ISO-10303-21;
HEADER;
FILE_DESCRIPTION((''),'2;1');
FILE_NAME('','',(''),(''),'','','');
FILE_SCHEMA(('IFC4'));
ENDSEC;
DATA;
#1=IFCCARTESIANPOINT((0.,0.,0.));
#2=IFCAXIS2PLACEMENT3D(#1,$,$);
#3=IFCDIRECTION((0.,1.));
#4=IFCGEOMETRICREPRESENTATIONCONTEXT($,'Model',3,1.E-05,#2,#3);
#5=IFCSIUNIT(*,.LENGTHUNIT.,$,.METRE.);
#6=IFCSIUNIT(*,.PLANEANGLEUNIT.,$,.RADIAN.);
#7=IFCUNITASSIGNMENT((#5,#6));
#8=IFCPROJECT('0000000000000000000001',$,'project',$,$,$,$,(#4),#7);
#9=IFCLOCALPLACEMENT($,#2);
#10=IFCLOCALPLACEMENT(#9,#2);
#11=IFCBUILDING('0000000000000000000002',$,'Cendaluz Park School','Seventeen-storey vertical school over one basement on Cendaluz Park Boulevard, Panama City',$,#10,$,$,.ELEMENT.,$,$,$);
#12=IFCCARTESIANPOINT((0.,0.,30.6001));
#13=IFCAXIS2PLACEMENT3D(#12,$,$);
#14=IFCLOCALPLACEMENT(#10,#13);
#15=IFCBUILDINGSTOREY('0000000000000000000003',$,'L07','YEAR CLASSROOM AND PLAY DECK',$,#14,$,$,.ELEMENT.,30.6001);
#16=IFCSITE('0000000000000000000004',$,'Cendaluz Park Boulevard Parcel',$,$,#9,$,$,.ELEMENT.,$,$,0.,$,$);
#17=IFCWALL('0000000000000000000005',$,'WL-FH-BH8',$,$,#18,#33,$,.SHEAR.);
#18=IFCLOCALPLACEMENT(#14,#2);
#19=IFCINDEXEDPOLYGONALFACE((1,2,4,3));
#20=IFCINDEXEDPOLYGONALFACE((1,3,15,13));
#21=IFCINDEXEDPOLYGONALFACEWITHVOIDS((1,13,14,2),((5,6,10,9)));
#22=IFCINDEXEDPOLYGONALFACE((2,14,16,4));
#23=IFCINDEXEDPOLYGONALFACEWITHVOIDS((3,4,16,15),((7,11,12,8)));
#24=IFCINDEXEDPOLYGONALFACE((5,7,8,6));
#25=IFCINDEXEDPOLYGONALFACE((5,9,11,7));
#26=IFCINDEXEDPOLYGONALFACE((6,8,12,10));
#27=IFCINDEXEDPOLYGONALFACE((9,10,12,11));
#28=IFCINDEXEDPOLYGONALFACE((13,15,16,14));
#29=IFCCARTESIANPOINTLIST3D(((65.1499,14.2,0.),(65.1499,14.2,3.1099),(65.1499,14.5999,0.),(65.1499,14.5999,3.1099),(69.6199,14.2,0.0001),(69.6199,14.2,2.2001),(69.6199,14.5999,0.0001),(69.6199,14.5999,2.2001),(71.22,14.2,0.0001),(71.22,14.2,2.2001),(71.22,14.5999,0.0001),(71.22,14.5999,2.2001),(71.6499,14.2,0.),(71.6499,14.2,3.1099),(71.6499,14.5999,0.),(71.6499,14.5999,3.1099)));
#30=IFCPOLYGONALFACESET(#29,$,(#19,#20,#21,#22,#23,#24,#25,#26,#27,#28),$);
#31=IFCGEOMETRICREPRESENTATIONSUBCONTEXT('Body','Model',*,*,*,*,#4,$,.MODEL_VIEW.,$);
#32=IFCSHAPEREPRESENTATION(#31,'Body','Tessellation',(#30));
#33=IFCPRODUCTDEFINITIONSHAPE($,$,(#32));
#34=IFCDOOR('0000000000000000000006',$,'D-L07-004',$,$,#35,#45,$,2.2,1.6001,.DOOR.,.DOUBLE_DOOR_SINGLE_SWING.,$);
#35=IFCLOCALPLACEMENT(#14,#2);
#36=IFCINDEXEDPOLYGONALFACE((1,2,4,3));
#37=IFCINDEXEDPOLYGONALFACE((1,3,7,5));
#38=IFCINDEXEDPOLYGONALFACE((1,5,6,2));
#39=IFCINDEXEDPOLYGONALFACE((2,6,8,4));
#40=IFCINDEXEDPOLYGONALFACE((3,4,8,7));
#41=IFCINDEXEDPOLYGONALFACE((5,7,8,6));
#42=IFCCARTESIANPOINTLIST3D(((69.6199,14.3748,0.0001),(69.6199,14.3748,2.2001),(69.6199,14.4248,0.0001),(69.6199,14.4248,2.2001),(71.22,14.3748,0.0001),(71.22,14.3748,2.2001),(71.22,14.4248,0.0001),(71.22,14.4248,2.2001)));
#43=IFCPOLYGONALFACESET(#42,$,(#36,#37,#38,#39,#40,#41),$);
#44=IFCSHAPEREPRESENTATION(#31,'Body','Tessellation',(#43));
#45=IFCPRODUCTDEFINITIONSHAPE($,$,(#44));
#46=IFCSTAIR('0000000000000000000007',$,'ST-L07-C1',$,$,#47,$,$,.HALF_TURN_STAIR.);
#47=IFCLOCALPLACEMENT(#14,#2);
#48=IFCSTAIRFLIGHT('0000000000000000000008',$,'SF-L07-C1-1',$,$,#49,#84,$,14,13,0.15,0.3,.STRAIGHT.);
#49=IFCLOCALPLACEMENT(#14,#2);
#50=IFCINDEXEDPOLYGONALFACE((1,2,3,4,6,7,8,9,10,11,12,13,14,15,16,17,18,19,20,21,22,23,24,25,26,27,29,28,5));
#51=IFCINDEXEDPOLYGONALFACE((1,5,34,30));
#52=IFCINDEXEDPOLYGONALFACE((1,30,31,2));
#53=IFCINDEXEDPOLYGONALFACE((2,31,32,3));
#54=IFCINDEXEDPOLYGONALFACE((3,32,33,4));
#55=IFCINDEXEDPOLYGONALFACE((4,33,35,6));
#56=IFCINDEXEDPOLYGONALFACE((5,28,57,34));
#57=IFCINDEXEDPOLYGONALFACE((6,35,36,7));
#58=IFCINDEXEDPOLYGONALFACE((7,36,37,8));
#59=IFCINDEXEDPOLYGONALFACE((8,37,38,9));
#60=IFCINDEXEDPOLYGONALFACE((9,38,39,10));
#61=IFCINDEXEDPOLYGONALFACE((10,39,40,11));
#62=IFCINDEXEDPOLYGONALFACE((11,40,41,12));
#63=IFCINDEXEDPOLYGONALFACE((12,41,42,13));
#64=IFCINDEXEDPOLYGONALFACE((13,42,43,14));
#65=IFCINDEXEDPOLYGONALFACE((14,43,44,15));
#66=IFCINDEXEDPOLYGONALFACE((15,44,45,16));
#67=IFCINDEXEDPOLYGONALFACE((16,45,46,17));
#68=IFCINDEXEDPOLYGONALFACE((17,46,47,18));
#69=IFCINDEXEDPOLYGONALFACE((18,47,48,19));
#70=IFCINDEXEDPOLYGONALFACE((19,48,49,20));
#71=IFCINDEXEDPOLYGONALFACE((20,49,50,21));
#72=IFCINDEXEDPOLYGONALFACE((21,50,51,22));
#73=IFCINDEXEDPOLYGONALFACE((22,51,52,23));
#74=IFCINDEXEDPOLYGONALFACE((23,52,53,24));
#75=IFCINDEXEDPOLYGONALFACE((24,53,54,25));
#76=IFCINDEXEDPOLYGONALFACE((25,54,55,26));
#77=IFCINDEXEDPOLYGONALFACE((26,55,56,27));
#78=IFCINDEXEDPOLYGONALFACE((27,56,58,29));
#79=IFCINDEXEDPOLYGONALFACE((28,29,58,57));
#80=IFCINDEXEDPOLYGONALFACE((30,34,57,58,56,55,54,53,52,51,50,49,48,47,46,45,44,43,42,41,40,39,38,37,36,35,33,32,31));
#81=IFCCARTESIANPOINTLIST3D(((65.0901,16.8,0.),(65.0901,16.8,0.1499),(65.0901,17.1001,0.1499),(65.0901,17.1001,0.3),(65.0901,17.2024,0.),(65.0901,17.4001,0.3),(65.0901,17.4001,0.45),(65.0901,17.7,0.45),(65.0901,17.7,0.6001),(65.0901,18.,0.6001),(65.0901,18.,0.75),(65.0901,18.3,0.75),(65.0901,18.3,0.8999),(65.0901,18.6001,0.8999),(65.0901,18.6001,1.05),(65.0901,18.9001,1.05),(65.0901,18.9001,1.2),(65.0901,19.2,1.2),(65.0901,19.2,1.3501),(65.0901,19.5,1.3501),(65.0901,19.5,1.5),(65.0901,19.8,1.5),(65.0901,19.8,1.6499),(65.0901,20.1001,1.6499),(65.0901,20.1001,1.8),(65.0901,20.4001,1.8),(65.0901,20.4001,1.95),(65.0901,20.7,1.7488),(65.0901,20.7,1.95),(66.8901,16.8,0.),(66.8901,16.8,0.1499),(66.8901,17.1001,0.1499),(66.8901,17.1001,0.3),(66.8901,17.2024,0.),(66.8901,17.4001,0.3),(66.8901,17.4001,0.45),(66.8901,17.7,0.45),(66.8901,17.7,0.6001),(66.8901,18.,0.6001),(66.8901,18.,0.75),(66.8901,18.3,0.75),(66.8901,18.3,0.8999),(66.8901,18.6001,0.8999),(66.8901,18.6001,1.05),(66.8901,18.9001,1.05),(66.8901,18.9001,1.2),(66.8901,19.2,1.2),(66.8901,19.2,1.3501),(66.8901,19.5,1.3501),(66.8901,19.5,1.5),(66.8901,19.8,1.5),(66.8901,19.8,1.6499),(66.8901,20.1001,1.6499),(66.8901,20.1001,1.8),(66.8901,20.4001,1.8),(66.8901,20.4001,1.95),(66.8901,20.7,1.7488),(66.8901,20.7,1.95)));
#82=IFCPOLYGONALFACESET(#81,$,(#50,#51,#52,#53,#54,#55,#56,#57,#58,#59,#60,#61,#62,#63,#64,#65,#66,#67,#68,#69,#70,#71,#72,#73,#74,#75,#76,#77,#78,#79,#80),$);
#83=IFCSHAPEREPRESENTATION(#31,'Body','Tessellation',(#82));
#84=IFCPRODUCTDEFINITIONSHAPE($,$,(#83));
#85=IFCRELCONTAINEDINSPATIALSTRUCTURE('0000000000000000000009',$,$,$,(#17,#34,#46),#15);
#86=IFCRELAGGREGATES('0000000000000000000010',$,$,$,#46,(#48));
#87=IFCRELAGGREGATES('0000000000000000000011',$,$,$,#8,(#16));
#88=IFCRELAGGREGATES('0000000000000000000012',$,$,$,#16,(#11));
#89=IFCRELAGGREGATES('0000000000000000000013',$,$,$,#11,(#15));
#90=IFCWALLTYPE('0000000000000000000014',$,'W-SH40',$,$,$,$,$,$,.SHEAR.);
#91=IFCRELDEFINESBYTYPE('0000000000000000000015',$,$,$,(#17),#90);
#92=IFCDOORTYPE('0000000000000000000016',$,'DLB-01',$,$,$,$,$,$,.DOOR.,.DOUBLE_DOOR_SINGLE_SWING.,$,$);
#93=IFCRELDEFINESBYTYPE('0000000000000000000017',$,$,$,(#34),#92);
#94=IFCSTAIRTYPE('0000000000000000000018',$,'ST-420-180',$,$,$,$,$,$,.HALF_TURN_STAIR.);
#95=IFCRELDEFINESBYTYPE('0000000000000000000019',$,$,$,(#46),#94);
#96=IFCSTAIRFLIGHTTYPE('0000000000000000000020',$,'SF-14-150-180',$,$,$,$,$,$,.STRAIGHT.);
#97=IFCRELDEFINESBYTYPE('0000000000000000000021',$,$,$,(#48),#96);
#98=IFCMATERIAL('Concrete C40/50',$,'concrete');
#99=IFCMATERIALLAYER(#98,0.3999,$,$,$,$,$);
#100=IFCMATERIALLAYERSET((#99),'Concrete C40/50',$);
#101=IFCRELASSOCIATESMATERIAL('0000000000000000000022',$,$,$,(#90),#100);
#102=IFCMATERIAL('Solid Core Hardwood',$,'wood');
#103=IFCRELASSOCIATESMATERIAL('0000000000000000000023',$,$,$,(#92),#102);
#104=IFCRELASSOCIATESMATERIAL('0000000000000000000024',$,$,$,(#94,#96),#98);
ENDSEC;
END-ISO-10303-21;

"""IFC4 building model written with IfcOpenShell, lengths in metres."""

from ifc_helpers import new_model, si_unit, direction, frame, frame_2d, origin, place, context, subcontext, project, spatial, polyline, rectangle, outline, extrude, material, layer, layer_set, type_object, element, fill, aggregate, save


model = new_model("IFC4")

# Units and contexts
model_context = context("Model", 3, precision=1e-05, world=origin(), true_north=direction((0.0, 1.0)))
body_context = subcontext(model_context, "Body", "Model", "MODEL_VIEW")
ifc_project = project(units=[si_unit("LENGTHUNIT", "METRE"), si_unit("PLANEANGLEUNIT", "RADIAN")], contexts=[model_context])

# Site, building, storey
site_placement = place(None, origin())
site = spatial("IfcSite", under=ifc_project, at=site_placement, Name="Cendaluz Park Boulevard Parcel", CompositionType="ELEMENT", RefElevation=0.0)
building_placement = place(site_placement, origin())
building = spatial("IfcBuilding", under=site, at=building_placement, Name="Cendaluz Park School", Description="Seventeen-storey vertical school over one basement on Cendaluz Park Boulevard, Panama City", CompositionType="ELEMENT")
storey_placement = place(building_placement, frame((0.0, 0.0, 30.6001)))
storey = spatial("IfcBuildingStorey", under=building, at=storey_placement, Name="L07", Description="YEAR CLASSROOM AND PLAY DECK", CompositionType="ELEMENT", Elevation=30.6001)

# Shared definitions
ifc_material_1 = material(Name="Concrete C40/50", Category="concrete")

# Shared definitions
ifc_material_2 = material(Name="Solid Core Hardwood", Category="wood")

# Wall, opening, door
ifc_layer_1 = layer(ifc_material_1, 0.3999)
ifc_layer_set_1 = layer_set([ifc_layer_1], Name="Concrete C40/50")
wall_type_1 = type_object("IfcWallType", Name="W-SH40", PredefinedType="SHEAR", material=ifc_layer_set_1)
door_type_1 = type_object("IfcDoorType", Name="DLB-01", OperationType="DOUBLE_DOOR_SINGLE_SWING", PredefinedType="DOOR", material=ifc_material_2)
wall_1_placement = place(storey_placement, frame((65.1499, 14.3999, 0.0), z_axis=(0.0, 0.0, 1.0), x_axis=(1.0, 0.0, 0.0)))
wall_1 = element("IfcWall", 1, at=wall_1_placement, inside=storey, type_object=wall_type_1, Name="WL-FH-BH8", PredefinedType="SHEAR", context=body_context, shape_type="SweptSolid", body=[
    extrude(rectangle(XDim=6.5, YDim=0.3999, at=frame_2d((3.25, 0.0))), origin(), (0.0, 0.0, 1.0), 3.1099),
])
opening_1_placement = place(wall_1_placement, frame((4.47, 0.0, 0.0)))
opening_1 = element("IfcOpeningElement", 2, at=opening_1_placement, cuts=wall_1, PredefinedType="OPENING", context=body_context, shape_type="SweptSolid", body=[
    extrude(rectangle(XDim=1.6001, YDim=2.2, at=frame_2d((0.8, 1.1001))), frame((0.0, 0.2119, 0.0), z_axis=(0.0, -1.0, 0.0), x_axis=(1.0, 0.0, 0.0)), (0.0, 0.0, 1.0), 0.4238),
])
door_1_placement = place(opening_1_placement, origin())
door_1 = element("IfcDoor", 3, at=door_1_placement, inside=storey, type_object=door_type_1, Name="D-L07-004", OperationType="DOUBLE_DOOR_SINGLE_SWING", OverallHeight=2.2, OverallWidth=1.6001, PredefinedType="DOOR", context=body_context, shape_type="SweptSolid", body=[
    extrude(rectangle(XDim=1.6001, YDim=2.2, at=frame_2d((0.8, 1.1001))), frame((0.0, 0.0249, 0.0), z_axis=(0.0, -1.0, 0.0), x_axis=(1.0, 0.0, 0.0)), (0.0, 0.0, 1.0), 0.05),
])
fill(opening_1, door_1)

# Stair, stair flight
stair_type = type_object("IfcStairType", Name="ST-420-180", PredefinedType="HALF_TURN_STAIR", material=ifc_material_1)
stair_placement = place(storey_placement, origin())
stair = element("IfcStair", 4, at=stair_placement, inside=storey, type_object=stair_type, Name="ST-L07-C1", PredefinedType="HALF_TURN_STAIR")
stair_flight_type = type_object("IfcStairFlightType", Name="SF-14-150-180", PredefinedType="STRAIGHT", material=ifc_material_1)
stair_flight_placement = place(storey_placement, frame((65.99, 16.8, 0.0), z_axis=(0.0, 0.0, 1.0), x_axis=(0.0, 1.0, 0.0)))
stair_flight = element("IfcStairFlight", 5, at=stair_flight_placement, type_object=stair_flight_type, Name="SF-L07-C1-1", NumberOfRisers=14, NumberOfTreads=13, PredefinedType="STRAIGHT", RiserHeight=0.15, TreadLength=0.3, context=body_context, shape_type="SweptSolid", body=[
    extrude(outline(polyline([(0.0, 0.0), (0.0, 0.1499), (0.3, 0.1499), (0.3, 0.3), (0.6001, 0.3), (0.6001, 0.45), (0.8999, 0.45), (0.8999, 0.6001), (1.2, 0.6001), (1.2, 0.75), (1.5, 0.75), (1.5, 0.8999), (1.8, 0.8999), (1.8, 1.05), (2.1001, 1.05), (2.1001, 1.2), (2.3999, 1.2), (2.3999, 1.3501), (2.7, 1.3501), (2.7, 1.5), (3.0, 1.5), (3.0, 1.6499), (3.3, 1.6499), (3.3, 1.8), (3.6001, 1.8), (3.6001, 1.95), (3.8999, 1.95), (3.8999, 2.1001), (3.8999, 1.7488), (0.4023, 0.0), (0.0, 0.0)])), frame((0.0, 0.8999, 0.0), z_axis=(0.0, -1.0, 0.0), x_axis=(1.0, 0.0, 0.0)), (0.0, 0.0, 1.0), 1.8),
])
aggregate(stair, [stair_flight])

save(model, "model.ifc")
